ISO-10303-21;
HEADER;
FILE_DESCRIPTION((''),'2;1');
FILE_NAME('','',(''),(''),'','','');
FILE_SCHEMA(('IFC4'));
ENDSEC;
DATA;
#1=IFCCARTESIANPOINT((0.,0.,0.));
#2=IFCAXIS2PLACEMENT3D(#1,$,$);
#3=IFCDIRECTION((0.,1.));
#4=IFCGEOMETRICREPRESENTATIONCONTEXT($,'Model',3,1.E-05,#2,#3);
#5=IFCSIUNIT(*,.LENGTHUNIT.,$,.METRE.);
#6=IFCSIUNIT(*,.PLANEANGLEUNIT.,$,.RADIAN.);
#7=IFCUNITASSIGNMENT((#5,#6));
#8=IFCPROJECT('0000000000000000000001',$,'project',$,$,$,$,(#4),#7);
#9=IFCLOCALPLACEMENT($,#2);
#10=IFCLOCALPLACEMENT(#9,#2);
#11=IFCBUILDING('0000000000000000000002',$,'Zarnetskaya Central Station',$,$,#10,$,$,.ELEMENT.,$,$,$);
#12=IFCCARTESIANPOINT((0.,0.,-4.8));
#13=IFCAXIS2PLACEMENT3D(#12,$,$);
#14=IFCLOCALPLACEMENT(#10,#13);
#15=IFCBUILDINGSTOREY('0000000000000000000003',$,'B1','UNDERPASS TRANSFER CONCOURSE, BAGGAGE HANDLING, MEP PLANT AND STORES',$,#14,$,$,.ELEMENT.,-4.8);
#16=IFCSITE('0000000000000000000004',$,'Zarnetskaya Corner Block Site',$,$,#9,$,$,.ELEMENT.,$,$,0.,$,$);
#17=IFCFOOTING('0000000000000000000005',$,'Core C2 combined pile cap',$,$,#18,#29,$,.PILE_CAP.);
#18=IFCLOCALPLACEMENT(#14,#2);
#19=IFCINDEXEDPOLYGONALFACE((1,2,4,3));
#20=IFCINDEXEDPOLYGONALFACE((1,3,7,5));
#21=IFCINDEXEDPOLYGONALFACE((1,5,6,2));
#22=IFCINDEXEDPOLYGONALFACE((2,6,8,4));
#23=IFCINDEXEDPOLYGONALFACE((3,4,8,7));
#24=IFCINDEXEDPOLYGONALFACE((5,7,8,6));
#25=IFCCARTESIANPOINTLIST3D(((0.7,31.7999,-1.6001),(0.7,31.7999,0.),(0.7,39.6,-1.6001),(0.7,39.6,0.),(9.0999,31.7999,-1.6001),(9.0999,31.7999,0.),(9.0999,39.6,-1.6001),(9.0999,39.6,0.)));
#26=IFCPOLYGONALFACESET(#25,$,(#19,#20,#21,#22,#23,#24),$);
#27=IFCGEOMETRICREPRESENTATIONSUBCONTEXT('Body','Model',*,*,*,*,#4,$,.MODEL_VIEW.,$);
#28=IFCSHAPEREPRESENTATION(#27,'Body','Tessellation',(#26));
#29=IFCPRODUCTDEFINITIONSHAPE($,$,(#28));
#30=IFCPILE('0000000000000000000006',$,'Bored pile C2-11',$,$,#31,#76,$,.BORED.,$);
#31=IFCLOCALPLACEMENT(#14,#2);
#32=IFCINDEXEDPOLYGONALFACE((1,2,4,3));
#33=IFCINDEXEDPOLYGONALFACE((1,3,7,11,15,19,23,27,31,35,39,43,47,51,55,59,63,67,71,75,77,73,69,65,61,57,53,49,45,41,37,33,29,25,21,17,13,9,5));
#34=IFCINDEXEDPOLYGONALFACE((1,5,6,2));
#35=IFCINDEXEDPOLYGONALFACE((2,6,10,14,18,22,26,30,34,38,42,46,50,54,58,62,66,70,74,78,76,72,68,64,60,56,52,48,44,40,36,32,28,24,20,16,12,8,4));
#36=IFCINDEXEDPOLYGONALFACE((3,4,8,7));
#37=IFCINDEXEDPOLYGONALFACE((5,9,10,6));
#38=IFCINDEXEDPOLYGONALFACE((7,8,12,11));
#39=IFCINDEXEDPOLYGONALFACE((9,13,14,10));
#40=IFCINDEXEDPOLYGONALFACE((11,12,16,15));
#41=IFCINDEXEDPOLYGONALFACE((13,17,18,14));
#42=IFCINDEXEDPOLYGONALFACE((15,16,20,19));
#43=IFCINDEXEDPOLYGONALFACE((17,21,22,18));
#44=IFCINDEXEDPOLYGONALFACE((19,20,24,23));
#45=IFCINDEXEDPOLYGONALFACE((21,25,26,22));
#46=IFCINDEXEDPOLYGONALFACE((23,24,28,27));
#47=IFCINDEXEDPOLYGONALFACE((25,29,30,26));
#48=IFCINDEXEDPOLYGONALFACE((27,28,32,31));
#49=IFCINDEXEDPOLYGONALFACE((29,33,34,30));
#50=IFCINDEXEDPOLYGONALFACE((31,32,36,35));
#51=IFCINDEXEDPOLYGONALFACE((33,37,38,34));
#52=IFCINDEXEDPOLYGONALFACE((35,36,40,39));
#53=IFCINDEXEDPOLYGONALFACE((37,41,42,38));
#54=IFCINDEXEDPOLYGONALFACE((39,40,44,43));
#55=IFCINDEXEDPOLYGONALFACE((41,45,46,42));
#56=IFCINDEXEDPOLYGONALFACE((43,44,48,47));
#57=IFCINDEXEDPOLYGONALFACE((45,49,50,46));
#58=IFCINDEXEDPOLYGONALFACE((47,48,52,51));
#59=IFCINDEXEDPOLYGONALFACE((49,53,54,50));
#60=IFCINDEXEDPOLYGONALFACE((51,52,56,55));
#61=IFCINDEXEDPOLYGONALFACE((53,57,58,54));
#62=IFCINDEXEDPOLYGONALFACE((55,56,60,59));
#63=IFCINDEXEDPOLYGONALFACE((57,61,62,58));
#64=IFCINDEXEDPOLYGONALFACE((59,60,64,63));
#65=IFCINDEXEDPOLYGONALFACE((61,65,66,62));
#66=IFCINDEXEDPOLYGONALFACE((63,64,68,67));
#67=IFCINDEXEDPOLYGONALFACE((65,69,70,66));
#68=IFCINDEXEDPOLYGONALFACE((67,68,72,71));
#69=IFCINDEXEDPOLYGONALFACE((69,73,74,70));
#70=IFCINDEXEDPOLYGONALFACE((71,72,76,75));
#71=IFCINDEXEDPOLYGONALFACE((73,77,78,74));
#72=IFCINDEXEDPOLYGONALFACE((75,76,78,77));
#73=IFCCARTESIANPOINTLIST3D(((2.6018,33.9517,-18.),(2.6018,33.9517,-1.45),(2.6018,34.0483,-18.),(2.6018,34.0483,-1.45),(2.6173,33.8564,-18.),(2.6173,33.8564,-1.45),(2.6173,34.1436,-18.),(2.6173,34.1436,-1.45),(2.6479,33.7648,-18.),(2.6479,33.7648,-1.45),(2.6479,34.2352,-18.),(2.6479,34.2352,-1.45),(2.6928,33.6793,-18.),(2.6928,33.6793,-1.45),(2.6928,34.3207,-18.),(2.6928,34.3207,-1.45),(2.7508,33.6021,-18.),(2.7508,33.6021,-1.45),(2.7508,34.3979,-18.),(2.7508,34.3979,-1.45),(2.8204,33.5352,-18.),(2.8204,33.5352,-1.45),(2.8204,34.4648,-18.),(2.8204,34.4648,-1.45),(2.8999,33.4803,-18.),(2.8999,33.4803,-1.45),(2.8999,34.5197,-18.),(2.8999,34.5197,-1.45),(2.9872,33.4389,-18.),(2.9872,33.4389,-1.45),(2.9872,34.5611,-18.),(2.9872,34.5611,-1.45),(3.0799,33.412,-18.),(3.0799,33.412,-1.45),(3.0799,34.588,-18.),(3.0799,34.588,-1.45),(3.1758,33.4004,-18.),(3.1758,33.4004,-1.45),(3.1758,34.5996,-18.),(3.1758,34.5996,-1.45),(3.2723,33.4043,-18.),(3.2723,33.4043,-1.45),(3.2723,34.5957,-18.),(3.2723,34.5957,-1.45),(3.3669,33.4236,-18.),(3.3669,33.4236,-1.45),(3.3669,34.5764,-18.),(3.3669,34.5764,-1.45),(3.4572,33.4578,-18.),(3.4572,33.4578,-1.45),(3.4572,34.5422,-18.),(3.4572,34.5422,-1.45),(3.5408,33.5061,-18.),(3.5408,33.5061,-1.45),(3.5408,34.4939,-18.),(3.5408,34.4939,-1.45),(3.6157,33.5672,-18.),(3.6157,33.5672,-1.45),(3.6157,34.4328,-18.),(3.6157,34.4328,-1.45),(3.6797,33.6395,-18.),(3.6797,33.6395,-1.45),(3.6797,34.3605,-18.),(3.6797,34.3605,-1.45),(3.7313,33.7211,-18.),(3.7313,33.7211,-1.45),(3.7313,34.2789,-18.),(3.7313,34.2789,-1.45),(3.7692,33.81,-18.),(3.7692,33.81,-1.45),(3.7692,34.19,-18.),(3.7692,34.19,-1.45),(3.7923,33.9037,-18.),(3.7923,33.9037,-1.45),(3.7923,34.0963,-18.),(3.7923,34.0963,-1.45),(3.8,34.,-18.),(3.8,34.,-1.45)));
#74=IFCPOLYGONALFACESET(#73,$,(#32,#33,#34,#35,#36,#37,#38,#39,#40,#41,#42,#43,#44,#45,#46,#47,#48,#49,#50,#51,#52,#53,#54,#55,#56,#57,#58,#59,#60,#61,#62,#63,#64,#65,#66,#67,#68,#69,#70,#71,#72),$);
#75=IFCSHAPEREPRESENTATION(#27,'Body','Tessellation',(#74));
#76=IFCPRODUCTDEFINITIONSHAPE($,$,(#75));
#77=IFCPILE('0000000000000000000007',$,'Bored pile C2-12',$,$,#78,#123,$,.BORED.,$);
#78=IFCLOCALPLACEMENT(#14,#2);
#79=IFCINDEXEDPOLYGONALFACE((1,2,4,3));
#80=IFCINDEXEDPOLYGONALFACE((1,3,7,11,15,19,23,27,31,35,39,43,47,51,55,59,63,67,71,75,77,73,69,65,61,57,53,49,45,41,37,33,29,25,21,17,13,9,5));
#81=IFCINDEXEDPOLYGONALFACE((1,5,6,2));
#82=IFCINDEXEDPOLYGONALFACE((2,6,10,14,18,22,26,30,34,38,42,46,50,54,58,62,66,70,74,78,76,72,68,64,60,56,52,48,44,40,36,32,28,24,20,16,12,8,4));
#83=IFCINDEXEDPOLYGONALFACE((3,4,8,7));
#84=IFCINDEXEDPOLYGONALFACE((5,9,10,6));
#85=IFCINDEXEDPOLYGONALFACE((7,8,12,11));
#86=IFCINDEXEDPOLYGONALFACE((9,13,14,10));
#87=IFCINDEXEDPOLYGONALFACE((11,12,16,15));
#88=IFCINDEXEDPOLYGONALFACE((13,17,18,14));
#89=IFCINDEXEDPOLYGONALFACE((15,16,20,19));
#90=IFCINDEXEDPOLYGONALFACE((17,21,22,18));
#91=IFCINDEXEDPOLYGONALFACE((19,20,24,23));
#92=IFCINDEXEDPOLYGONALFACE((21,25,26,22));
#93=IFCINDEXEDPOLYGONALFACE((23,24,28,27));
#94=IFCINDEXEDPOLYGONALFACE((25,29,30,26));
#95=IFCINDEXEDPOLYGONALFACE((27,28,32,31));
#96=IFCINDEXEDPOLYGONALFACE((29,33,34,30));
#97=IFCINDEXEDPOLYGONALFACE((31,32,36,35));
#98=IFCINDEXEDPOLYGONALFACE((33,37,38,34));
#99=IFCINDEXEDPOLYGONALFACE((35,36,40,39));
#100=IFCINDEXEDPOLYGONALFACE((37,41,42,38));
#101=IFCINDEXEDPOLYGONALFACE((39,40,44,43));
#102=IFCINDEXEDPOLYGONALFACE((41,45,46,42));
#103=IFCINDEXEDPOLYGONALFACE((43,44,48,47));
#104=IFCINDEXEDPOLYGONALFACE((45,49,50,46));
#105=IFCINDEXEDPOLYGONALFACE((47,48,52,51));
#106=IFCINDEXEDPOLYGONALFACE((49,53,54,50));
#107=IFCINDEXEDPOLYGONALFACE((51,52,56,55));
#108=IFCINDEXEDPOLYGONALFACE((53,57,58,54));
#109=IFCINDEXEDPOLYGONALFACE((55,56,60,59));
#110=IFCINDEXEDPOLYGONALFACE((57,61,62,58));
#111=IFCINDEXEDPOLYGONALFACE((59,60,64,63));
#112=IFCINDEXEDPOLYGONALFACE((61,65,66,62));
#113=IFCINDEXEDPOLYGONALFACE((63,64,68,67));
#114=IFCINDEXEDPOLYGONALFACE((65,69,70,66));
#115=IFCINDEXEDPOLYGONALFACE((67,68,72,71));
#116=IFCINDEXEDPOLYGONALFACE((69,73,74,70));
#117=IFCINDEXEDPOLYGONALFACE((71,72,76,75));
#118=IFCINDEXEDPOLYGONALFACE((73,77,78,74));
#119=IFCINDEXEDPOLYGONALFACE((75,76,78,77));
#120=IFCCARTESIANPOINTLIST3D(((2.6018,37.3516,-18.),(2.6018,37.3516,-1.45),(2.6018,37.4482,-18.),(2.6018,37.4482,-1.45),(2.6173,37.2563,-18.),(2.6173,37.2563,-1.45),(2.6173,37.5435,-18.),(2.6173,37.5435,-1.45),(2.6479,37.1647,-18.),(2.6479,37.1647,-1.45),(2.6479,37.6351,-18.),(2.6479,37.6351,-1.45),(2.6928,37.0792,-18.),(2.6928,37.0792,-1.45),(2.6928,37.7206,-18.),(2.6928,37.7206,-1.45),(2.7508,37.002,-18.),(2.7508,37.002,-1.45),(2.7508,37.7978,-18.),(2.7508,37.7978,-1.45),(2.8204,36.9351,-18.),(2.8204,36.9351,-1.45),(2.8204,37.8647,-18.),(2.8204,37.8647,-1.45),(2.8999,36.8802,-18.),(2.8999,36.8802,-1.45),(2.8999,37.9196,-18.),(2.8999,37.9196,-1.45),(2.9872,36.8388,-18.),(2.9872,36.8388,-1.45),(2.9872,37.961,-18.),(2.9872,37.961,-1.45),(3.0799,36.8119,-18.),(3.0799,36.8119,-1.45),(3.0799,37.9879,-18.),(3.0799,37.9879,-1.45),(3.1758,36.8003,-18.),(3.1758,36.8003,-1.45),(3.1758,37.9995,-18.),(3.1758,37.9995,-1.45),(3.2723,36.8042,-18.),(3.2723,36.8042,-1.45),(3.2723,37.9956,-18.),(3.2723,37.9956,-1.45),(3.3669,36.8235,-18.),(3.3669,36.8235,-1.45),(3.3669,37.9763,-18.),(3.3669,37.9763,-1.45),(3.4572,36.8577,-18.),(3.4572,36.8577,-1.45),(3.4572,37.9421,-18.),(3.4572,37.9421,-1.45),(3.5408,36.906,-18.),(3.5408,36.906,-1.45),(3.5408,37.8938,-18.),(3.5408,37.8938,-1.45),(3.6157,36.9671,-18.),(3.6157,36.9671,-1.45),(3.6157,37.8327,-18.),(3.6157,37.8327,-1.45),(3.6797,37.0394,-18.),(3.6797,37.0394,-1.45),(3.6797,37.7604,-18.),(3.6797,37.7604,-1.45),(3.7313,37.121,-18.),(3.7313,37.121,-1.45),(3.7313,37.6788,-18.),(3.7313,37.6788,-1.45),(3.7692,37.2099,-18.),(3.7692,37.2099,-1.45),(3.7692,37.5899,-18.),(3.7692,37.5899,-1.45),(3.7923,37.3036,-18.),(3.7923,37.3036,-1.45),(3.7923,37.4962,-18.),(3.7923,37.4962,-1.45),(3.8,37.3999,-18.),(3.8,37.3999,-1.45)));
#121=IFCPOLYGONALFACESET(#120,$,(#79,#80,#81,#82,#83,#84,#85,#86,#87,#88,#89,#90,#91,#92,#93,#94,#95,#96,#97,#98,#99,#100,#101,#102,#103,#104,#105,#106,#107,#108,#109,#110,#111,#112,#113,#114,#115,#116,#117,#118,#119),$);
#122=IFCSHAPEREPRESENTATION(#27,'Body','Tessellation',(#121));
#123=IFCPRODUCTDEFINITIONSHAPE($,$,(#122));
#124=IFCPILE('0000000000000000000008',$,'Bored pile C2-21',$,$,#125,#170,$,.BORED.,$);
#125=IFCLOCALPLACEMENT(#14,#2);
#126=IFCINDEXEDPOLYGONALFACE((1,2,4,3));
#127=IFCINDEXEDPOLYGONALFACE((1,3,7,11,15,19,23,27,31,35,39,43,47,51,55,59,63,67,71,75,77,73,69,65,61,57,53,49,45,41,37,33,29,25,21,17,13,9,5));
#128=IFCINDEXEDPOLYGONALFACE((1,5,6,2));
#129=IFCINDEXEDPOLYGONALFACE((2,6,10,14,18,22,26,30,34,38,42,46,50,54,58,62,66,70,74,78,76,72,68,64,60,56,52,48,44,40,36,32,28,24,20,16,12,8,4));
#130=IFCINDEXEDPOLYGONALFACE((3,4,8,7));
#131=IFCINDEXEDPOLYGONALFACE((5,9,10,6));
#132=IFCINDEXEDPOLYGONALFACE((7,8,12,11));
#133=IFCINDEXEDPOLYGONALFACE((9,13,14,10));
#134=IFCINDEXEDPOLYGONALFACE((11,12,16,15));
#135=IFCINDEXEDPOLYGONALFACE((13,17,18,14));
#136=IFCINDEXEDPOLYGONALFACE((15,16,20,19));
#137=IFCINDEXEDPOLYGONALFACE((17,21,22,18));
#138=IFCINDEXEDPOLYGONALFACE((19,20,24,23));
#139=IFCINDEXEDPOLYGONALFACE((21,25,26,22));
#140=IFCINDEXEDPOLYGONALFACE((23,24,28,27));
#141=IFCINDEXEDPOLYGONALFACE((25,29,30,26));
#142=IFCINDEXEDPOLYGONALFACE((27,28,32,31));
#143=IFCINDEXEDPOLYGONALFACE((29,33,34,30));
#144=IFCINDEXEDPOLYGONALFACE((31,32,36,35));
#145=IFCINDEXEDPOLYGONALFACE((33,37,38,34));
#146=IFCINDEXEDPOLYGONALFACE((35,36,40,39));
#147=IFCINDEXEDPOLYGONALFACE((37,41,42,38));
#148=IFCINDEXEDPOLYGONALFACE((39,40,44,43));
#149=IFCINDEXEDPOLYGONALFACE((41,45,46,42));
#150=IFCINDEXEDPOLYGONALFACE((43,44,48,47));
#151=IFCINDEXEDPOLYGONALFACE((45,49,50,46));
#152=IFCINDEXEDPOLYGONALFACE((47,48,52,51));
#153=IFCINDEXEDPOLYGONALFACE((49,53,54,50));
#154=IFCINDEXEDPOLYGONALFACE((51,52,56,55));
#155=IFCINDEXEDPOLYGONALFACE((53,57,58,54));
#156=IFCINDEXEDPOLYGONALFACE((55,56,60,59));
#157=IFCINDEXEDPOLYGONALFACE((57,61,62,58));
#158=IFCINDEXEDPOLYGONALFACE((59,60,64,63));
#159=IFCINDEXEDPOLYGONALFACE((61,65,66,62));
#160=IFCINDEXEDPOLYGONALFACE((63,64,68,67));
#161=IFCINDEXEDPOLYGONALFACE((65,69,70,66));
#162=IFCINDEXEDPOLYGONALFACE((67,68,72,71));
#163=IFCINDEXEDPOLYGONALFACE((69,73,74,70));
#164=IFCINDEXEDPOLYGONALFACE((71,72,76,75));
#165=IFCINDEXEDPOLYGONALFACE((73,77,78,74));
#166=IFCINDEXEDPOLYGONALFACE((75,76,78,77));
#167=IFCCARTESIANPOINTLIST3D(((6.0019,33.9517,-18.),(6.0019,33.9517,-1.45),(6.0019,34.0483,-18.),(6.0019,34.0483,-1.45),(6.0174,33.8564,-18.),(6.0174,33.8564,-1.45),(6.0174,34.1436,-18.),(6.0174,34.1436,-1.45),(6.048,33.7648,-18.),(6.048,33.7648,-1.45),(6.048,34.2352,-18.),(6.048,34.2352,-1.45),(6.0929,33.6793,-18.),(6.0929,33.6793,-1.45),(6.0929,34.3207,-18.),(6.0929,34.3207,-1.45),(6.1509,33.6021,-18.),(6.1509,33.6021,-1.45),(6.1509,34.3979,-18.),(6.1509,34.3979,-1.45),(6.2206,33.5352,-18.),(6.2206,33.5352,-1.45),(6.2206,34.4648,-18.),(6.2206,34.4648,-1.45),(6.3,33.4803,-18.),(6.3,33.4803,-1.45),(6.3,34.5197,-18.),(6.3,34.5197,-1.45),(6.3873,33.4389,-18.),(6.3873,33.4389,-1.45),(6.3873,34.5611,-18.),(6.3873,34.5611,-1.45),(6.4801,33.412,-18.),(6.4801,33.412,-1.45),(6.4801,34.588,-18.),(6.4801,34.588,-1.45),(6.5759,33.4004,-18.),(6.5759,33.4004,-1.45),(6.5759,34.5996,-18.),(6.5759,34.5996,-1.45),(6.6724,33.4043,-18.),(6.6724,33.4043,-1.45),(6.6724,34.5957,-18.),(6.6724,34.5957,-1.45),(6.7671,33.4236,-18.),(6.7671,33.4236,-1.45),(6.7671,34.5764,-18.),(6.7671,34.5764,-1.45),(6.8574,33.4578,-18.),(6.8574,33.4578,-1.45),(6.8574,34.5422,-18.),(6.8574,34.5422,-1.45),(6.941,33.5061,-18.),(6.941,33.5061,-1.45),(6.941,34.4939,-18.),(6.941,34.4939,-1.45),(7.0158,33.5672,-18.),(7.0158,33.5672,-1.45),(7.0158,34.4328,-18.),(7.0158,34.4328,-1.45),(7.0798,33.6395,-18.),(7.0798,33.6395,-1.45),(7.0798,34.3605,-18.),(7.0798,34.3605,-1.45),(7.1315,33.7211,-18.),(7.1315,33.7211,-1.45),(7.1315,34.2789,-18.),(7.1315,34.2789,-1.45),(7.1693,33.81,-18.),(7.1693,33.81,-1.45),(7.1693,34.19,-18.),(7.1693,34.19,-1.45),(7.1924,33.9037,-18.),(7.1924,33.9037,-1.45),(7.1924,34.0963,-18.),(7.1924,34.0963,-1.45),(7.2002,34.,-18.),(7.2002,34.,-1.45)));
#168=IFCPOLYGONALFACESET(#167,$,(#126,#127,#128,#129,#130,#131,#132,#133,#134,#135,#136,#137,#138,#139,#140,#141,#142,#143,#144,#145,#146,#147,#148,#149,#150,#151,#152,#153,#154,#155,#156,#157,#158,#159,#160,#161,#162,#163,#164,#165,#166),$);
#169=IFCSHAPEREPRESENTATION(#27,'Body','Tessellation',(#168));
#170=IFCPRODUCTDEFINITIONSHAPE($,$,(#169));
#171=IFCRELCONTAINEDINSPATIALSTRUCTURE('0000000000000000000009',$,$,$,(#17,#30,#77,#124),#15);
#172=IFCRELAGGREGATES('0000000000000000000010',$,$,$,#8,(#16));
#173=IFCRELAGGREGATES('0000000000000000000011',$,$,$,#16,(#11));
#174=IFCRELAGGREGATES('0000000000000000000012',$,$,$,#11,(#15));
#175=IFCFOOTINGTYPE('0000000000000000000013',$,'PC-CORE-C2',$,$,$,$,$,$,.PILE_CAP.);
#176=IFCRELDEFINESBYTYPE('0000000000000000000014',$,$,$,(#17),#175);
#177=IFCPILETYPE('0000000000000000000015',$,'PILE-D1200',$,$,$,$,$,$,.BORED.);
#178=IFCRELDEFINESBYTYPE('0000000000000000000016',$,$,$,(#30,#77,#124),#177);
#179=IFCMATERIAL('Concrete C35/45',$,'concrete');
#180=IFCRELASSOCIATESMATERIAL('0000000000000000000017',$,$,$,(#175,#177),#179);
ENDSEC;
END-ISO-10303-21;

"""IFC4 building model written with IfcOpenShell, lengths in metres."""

from ifc_helpers import new_model, si_unit, direction, frame, origin, origin_2d, place, context, subcontext, project, spatial, rectangle, circle, extrude, material, material_profile, profile_set, type_object, element, save


model = new_model("IFC4")

# Units and contexts
model_context = context("Model", 3, precision=1e-05, world=origin(), true_north=direction((0.0, 1.0)))
body_context = subcontext(model_context, "Body", "Model", "MODEL_VIEW")
ifc_project = project(units=[si_unit("LENGTHUNIT", "METRE"), si_unit("PLANEANGLEUNIT", "RADIAN")], contexts=[model_context])

# Site, building, storey
site_placement = place(None, origin())
site = spatial("IfcSite", under=ifc_project, at=site_placement, Name="Zarnetskaya Corner Block Site", CompositionType="ELEMENT", RefElevation=0.0)
building_placement = place(site_placement, origin())
building = spatial("IfcBuilding", under=site, at=building_placement, Name="Zarnetskaya Central Station", CompositionType="ELEMENT")
storey_placement = place(building_placement, frame((0.0, 0.0, -4.8)))
storey = spatial("IfcBuildingStorey", under=building, at=storey_placement, Name="B1", Description="UNDERPASS TRANSFER CONCOURSE, BAGGAGE HANDLING, MEP PLANT AND STORES", CompositionType="ELEMENT", Elevation=-4.8)

# Footing
ifc_material_1 = material(Name="Concrete C35/45", Category="concrete")
footing_type = type_object("IfcFootingType", Name="PC-CORE-C2", PredefinedType="PILE_CAP", material=ifc_material_1)
footing_placement = place(storey_placement, frame((4.8999, 35.7, -1.6001), z_axis=(0.0, 0.0, 1.0), x_axis=(1.0, 0.0, 0.0)))
element("IfcFooting", 1, at=footing_placement, inside=storey, type_object=footing_type, Name="Core C2 combined pile cap", PredefinedType="PILE_CAP", context=body_context, shape_type="SweptSolid", body=[
    extrude(rectangle(XDim=8.3999, YDim=7.8, at=origin_2d()), origin(), (0.0, 0.0, 1.0), 1.6001),
])

# Piles
ifc_material_profile_1 = material_profile(ifc_material_1, circle(Radius=0.6001, at=origin_2d()), Name="BORED PILE D1200")
ifc_profile_set_1 = profile_set([ifc_material_profile_1], Name="Concrete C35/45")
pile_type = type_object("IfcPileType", Name="PILE-D1200", PredefinedType="BORED", material=ifc_profile_set_1)
for number, where, z_axis, x_axis, name in (
    (2, (3.2, 34.0, -1.45), (0.0, 0.0, -1.0), (1.0, 0.0, 0.0), "Bored pile C2-11"),
    (3, (3.2, 37.3999, -1.45), (0.0, 0.0, -1.0), (1.0, 0.0, 0.0), "Bored pile C2-12"),
    (4, (6.6001, 34.0, -1.45), (0.0, 0.0, -1.0), (1.0, 0.0, 0.0), "Bored pile C2-21"),
):
    element("IfcPile", number, at=place(storey_placement, frame(where, z_axis=z_axis, x_axis=x_axis)), inside=storey, type_object=pile_type, Name=name, PredefinedType="BORED", context=body_context, shape_type="SweptSolid", body=[
        extrude(circle(Radius=0.6001, at=origin_2d()), origin(), (0.0, 0.0, 1.0), 16.55),
    ])

save(model, "model.ifc")
